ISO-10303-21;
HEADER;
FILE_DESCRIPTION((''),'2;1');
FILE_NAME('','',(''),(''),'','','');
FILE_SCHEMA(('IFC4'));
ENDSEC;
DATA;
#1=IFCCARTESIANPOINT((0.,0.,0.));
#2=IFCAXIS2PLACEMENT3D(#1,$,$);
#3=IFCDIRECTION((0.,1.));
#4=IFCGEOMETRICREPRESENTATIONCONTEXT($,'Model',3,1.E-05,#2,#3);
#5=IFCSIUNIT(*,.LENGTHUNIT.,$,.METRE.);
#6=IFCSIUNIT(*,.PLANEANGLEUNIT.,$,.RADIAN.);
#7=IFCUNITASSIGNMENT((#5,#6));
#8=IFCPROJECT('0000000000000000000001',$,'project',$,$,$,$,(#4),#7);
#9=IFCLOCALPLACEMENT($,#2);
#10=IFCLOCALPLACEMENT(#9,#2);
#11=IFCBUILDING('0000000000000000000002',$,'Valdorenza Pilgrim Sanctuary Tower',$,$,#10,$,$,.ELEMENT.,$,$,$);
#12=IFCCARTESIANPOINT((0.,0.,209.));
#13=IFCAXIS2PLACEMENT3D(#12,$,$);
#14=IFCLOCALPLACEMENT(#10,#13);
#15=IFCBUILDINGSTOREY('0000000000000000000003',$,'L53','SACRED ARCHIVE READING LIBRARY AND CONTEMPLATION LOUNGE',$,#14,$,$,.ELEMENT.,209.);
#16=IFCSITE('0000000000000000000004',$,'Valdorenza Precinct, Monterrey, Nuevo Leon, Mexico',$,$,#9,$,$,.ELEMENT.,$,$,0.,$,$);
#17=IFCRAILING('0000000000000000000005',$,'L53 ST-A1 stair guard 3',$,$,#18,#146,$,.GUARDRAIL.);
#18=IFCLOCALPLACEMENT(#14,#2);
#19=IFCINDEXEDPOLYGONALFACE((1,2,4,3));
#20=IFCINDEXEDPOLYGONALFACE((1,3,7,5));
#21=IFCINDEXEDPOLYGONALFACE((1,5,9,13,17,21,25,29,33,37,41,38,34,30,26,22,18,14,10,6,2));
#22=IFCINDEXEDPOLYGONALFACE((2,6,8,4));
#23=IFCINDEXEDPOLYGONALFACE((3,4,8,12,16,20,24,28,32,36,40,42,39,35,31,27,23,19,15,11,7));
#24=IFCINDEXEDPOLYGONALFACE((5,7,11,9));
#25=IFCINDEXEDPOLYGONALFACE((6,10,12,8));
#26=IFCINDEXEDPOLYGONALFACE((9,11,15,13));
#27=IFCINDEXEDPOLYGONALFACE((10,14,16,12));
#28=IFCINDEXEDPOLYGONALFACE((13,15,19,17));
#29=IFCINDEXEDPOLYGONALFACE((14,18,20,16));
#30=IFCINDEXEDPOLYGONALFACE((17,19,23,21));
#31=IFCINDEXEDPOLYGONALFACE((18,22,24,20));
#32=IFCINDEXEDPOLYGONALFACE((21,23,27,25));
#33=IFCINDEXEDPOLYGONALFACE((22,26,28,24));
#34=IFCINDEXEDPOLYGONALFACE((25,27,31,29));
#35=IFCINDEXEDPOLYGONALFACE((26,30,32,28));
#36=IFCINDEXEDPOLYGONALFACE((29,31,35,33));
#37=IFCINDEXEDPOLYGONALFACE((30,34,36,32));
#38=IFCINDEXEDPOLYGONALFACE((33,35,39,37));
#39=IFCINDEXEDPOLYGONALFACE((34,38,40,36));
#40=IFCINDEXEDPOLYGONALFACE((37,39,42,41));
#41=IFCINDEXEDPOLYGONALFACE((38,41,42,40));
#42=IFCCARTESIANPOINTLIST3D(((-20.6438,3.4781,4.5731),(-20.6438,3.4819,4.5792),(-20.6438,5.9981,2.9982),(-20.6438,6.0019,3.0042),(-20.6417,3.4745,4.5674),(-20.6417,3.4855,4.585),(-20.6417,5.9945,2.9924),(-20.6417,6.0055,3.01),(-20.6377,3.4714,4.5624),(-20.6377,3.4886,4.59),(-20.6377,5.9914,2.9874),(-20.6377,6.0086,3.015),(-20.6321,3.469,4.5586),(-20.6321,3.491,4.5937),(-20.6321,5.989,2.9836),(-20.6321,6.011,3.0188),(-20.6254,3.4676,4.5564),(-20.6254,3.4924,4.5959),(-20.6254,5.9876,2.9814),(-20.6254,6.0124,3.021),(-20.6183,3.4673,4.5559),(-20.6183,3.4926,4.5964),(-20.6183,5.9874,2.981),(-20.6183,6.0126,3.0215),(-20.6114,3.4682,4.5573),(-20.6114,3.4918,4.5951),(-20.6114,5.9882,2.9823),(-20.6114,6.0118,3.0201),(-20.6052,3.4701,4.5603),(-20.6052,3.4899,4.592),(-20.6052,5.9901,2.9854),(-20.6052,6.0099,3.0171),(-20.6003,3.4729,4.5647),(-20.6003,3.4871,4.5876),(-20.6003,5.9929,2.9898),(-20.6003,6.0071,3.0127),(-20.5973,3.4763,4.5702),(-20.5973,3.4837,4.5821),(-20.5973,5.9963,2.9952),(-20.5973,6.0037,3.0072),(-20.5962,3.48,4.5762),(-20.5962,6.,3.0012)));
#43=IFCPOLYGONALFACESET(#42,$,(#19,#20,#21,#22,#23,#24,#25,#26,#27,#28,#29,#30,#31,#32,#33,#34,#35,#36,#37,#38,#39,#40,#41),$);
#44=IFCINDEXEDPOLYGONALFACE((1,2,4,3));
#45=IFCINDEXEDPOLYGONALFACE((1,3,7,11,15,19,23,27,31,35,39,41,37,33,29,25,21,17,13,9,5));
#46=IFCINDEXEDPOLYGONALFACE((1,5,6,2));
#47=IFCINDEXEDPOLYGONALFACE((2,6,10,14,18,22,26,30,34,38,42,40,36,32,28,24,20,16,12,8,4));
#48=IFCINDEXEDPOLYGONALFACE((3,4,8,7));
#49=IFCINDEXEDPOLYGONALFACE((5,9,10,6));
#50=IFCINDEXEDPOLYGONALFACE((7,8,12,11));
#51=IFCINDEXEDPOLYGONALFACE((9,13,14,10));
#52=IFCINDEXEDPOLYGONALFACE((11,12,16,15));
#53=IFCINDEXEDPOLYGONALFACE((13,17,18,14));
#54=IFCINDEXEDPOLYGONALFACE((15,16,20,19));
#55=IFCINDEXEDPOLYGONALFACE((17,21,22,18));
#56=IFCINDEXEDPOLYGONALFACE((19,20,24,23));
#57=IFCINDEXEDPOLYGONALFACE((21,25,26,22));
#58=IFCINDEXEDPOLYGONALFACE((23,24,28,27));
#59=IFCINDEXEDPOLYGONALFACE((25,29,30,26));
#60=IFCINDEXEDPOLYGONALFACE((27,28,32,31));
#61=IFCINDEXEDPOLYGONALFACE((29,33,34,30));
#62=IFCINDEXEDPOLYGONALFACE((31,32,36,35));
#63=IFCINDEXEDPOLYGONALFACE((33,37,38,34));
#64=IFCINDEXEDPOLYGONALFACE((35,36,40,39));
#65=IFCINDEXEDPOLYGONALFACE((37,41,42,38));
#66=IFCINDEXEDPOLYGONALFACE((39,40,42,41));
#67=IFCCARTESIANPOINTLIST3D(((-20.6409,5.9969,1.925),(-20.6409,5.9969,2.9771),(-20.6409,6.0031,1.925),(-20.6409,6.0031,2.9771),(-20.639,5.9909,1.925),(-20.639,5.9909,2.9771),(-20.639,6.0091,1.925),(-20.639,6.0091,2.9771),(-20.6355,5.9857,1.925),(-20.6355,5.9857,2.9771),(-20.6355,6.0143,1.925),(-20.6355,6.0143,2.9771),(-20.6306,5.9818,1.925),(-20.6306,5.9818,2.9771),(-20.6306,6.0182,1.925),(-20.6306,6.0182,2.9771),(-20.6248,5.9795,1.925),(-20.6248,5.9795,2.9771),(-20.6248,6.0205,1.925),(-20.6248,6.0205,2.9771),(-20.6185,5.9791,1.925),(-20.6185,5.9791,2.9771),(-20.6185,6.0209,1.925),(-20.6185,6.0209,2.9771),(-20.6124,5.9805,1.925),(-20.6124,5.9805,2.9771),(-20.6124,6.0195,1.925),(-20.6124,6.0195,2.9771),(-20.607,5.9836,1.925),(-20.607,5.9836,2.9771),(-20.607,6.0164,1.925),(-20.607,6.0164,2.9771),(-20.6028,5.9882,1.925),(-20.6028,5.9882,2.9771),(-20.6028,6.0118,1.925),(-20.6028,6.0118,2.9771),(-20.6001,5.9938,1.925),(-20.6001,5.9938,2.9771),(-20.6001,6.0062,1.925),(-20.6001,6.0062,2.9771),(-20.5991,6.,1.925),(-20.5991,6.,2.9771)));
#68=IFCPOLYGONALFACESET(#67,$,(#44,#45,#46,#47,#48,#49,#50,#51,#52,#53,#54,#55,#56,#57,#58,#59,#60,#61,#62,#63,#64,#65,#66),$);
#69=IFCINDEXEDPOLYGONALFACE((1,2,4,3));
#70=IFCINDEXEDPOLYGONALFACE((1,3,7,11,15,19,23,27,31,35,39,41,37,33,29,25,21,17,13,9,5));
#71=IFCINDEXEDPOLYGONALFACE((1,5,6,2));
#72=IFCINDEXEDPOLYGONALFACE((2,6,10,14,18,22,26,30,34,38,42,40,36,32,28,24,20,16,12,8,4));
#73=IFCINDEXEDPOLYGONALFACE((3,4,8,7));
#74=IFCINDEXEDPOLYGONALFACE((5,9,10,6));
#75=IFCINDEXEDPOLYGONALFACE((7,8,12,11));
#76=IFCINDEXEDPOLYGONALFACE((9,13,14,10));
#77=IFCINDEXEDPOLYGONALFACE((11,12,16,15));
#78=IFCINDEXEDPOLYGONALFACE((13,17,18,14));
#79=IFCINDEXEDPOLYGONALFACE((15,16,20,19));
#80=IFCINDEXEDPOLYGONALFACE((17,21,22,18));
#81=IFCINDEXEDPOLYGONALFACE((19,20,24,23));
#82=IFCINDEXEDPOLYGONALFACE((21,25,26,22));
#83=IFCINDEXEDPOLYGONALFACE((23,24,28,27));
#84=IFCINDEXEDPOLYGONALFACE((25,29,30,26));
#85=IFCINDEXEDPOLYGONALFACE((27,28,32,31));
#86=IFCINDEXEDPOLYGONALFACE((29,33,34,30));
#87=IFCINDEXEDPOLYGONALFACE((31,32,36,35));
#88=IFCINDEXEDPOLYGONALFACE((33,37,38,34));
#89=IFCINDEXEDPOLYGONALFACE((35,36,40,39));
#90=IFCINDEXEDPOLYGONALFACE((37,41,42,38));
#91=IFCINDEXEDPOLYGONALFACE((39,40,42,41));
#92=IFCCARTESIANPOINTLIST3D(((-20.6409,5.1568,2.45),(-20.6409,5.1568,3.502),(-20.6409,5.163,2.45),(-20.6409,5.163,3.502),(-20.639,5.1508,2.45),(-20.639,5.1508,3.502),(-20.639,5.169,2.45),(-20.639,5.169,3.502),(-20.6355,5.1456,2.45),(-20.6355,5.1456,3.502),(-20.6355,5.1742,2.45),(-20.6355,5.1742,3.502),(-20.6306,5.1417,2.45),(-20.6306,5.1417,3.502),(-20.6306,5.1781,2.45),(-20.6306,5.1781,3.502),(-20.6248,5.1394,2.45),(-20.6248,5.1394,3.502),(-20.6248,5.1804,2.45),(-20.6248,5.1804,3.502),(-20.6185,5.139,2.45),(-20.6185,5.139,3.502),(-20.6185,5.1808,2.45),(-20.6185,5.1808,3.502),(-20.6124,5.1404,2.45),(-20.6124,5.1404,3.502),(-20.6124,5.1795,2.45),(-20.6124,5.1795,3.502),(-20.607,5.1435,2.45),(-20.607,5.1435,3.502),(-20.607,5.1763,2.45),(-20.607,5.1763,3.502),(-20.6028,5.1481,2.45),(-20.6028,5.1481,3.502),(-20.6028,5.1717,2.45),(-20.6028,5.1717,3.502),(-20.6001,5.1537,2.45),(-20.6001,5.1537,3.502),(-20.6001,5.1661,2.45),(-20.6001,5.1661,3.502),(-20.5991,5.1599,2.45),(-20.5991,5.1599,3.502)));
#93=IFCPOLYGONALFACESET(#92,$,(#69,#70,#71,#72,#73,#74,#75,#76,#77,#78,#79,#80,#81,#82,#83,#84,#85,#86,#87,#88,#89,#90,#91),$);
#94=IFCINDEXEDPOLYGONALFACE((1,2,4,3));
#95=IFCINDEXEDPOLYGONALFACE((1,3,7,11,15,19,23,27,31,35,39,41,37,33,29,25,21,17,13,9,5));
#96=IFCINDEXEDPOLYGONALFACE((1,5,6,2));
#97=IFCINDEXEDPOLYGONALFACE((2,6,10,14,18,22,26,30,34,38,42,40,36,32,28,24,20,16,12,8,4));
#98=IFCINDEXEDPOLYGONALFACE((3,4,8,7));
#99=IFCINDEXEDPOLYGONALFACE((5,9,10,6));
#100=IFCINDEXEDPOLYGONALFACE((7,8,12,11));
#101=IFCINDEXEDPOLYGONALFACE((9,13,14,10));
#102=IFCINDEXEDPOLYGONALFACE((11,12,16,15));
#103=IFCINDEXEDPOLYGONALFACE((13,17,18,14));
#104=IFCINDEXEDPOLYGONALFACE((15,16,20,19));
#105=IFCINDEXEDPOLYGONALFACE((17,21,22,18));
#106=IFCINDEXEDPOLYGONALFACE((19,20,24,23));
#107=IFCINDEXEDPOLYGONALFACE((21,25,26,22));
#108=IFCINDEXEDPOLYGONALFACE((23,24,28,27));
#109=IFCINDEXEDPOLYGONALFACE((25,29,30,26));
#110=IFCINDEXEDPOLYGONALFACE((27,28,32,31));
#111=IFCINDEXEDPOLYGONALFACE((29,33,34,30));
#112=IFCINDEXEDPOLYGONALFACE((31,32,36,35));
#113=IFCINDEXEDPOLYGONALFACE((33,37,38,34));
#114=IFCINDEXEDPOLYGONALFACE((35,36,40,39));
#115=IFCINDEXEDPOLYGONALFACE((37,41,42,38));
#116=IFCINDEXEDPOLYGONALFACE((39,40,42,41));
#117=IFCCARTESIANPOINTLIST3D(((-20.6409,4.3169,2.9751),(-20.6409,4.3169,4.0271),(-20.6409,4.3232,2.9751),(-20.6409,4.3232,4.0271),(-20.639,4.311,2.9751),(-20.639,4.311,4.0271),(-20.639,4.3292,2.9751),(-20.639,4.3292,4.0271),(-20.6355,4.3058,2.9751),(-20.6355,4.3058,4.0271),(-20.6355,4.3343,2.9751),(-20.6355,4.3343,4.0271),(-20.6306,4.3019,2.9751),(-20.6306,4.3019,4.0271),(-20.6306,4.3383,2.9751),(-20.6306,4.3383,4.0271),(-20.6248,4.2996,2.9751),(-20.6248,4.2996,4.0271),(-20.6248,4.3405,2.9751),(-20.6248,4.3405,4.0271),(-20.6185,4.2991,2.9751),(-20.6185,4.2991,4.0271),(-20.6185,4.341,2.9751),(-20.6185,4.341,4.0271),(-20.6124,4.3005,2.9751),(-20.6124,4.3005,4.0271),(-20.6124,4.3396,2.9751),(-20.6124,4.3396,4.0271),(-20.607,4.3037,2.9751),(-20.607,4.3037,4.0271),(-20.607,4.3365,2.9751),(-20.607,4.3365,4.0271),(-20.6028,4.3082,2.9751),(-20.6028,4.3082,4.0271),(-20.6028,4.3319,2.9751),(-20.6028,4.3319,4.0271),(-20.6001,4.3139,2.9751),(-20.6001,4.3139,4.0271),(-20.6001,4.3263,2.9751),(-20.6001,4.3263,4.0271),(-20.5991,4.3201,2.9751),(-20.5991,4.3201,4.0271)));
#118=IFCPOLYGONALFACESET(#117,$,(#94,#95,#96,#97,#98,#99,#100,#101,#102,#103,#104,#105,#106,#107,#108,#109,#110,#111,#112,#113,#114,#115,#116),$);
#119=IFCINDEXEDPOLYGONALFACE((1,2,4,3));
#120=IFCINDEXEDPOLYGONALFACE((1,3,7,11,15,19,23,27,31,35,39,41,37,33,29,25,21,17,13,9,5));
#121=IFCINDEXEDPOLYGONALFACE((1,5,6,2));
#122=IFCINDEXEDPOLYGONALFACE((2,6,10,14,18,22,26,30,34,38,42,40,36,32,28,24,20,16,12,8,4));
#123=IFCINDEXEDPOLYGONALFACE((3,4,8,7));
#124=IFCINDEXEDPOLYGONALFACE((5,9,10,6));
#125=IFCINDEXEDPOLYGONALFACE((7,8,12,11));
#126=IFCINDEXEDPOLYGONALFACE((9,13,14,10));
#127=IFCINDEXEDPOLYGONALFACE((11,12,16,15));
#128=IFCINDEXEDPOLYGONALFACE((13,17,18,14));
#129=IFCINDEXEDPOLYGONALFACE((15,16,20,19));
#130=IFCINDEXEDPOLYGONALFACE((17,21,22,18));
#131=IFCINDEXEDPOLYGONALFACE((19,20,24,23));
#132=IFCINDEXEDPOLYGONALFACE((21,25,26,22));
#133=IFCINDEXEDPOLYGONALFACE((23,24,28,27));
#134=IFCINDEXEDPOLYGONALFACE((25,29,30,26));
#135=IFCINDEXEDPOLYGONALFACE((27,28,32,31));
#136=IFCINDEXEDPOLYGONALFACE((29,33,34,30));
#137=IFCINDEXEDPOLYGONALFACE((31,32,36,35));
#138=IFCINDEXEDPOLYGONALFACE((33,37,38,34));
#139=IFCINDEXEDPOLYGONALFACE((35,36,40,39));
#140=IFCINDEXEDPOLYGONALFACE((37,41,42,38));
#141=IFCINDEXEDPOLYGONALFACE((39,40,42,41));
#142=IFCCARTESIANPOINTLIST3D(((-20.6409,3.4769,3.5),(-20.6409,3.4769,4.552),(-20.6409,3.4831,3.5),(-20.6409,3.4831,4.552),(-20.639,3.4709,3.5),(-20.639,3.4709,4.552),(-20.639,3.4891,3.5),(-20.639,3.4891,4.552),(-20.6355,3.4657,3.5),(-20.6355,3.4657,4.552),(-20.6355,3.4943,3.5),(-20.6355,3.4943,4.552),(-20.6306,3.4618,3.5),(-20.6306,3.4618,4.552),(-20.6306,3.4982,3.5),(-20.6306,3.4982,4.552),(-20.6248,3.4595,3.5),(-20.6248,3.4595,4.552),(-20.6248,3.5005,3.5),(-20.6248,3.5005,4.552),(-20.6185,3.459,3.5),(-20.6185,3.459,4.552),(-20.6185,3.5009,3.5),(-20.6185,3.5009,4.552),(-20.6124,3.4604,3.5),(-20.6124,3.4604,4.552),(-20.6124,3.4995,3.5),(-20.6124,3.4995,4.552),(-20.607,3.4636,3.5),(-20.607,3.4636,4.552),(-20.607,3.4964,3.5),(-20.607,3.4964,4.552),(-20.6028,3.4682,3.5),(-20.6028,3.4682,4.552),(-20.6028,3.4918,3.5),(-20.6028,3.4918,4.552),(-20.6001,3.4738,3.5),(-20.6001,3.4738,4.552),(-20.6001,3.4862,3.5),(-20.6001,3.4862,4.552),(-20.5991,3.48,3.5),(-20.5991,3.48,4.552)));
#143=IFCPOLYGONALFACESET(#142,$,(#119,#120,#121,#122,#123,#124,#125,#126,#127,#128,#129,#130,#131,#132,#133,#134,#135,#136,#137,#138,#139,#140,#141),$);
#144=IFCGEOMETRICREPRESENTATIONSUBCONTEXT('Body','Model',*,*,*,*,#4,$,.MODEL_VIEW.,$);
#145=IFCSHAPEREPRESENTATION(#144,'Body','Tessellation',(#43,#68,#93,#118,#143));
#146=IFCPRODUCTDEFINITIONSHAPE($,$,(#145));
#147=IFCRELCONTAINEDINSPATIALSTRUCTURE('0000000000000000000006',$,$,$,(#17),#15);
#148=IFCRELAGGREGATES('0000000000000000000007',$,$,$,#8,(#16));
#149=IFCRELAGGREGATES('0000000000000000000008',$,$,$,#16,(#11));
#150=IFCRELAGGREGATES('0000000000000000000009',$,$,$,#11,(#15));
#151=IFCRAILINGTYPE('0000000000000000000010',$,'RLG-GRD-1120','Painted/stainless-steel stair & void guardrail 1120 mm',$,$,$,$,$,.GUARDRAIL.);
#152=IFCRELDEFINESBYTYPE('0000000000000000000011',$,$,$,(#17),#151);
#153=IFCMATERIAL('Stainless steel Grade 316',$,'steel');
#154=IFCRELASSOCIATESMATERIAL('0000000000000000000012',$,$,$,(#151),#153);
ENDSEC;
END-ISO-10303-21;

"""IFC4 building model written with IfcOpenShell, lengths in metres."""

from ifc_helpers import new_model, si_unit, direction, frame, origin, origin_2d, place, context, subcontext, project, spatial, circle, extrude, material, type_object, element, save


model = new_model("IFC4")

# Units and contexts
model_context = context("Model", 3, precision=1e-05, world=origin(), true_north=direction((0.0, 1.0)))
body_context = subcontext(model_context, "Body", "Model", "MODEL_VIEW")
ifc_project = project(units=[si_unit("LENGTHUNIT", "METRE"), si_unit("PLANEANGLEUNIT", "RADIAN")], contexts=[model_context])

# Site, building, storey
site_placement = place(None, origin())
site = spatial("IfcSite", under=ifc_project, at=site_placement, Name="Valdorenza Precinct, Monterrey, Nuevo Leon, Mexico", CompositionType="ELEMENT", RefElevation=0.0)
building_placement = place(site_placement, origin())
building = spatial("IfcBuilding", under=site, at=building_placement, Name="Valdorenza Pilgrim Sanctuary Tower", CompositionType="ELEMENT")
storey_placement = place(building_placement, frame((0.0, 0.0, 209.0)))
storey = spatial("IfcBuildingStorey", under=building, at=storey_placement, Name="L53", Description="SACRED ARCHIVE READING LIBRARY AND CONTEMPLATION LOUNGE", CompositionType="ELEMENT", Elevation=209.0)

# Railing
ifc_material_1 = material(Name="Stainless steel Grade 316", Category="steel")
railing_type_1 = type_object("IfcRailingType", Name="RLG-GRD-1120", Description="Painted/stainless-steel stair & void guardrail 1120 mm", PredefinedType="GUARDRAIL", material=ifc_material_1)
railing_1_placement = place(storey_placement, frame((-20.6201, 6.0, 1.925)))
element("IfcRailing", 1, at=railing_1_placement, inside=storey, type_object=railing_type_1, Name="L53 ST-A1 stair guard 3", PredefinedType="GUARDRAIL", context=body_context, shape_type="SweptSolid", body=[
    extrude(circle(Radius=0.0239, at=origin_2d()), frame((0.0, 0.0, 1.0762), z_axis=(0.0, -0.848008, 0.529984), x_axis=(1.0, 0.0, 0.0)), (0.0, 0.0, 1.0), 2.9717),
    extrude(circle(Radius=0.021, at=origin_2d()), origin(), (0.0, 0.0, 1.0), 1.052),
    extrude(circle(Radius=0.021, at=origin_2d()), frame((0.0, -0.8401, 0.5249)), (0.0, 0.0, 1.0), 1.052),
    extrude(circle(Radius=0.021, at=origin_2d()), frame((0.0, -1.6799, 1.05)), (0.0, 0.0, 1.0), 1.052),
    extrude(circle(Radius=0.021, at=origin_2d()), frame((0.0, -2.52, 1.575)), (0.0, 0.0, 1.0), 1.052),
])

save(model, "model.ifc")
